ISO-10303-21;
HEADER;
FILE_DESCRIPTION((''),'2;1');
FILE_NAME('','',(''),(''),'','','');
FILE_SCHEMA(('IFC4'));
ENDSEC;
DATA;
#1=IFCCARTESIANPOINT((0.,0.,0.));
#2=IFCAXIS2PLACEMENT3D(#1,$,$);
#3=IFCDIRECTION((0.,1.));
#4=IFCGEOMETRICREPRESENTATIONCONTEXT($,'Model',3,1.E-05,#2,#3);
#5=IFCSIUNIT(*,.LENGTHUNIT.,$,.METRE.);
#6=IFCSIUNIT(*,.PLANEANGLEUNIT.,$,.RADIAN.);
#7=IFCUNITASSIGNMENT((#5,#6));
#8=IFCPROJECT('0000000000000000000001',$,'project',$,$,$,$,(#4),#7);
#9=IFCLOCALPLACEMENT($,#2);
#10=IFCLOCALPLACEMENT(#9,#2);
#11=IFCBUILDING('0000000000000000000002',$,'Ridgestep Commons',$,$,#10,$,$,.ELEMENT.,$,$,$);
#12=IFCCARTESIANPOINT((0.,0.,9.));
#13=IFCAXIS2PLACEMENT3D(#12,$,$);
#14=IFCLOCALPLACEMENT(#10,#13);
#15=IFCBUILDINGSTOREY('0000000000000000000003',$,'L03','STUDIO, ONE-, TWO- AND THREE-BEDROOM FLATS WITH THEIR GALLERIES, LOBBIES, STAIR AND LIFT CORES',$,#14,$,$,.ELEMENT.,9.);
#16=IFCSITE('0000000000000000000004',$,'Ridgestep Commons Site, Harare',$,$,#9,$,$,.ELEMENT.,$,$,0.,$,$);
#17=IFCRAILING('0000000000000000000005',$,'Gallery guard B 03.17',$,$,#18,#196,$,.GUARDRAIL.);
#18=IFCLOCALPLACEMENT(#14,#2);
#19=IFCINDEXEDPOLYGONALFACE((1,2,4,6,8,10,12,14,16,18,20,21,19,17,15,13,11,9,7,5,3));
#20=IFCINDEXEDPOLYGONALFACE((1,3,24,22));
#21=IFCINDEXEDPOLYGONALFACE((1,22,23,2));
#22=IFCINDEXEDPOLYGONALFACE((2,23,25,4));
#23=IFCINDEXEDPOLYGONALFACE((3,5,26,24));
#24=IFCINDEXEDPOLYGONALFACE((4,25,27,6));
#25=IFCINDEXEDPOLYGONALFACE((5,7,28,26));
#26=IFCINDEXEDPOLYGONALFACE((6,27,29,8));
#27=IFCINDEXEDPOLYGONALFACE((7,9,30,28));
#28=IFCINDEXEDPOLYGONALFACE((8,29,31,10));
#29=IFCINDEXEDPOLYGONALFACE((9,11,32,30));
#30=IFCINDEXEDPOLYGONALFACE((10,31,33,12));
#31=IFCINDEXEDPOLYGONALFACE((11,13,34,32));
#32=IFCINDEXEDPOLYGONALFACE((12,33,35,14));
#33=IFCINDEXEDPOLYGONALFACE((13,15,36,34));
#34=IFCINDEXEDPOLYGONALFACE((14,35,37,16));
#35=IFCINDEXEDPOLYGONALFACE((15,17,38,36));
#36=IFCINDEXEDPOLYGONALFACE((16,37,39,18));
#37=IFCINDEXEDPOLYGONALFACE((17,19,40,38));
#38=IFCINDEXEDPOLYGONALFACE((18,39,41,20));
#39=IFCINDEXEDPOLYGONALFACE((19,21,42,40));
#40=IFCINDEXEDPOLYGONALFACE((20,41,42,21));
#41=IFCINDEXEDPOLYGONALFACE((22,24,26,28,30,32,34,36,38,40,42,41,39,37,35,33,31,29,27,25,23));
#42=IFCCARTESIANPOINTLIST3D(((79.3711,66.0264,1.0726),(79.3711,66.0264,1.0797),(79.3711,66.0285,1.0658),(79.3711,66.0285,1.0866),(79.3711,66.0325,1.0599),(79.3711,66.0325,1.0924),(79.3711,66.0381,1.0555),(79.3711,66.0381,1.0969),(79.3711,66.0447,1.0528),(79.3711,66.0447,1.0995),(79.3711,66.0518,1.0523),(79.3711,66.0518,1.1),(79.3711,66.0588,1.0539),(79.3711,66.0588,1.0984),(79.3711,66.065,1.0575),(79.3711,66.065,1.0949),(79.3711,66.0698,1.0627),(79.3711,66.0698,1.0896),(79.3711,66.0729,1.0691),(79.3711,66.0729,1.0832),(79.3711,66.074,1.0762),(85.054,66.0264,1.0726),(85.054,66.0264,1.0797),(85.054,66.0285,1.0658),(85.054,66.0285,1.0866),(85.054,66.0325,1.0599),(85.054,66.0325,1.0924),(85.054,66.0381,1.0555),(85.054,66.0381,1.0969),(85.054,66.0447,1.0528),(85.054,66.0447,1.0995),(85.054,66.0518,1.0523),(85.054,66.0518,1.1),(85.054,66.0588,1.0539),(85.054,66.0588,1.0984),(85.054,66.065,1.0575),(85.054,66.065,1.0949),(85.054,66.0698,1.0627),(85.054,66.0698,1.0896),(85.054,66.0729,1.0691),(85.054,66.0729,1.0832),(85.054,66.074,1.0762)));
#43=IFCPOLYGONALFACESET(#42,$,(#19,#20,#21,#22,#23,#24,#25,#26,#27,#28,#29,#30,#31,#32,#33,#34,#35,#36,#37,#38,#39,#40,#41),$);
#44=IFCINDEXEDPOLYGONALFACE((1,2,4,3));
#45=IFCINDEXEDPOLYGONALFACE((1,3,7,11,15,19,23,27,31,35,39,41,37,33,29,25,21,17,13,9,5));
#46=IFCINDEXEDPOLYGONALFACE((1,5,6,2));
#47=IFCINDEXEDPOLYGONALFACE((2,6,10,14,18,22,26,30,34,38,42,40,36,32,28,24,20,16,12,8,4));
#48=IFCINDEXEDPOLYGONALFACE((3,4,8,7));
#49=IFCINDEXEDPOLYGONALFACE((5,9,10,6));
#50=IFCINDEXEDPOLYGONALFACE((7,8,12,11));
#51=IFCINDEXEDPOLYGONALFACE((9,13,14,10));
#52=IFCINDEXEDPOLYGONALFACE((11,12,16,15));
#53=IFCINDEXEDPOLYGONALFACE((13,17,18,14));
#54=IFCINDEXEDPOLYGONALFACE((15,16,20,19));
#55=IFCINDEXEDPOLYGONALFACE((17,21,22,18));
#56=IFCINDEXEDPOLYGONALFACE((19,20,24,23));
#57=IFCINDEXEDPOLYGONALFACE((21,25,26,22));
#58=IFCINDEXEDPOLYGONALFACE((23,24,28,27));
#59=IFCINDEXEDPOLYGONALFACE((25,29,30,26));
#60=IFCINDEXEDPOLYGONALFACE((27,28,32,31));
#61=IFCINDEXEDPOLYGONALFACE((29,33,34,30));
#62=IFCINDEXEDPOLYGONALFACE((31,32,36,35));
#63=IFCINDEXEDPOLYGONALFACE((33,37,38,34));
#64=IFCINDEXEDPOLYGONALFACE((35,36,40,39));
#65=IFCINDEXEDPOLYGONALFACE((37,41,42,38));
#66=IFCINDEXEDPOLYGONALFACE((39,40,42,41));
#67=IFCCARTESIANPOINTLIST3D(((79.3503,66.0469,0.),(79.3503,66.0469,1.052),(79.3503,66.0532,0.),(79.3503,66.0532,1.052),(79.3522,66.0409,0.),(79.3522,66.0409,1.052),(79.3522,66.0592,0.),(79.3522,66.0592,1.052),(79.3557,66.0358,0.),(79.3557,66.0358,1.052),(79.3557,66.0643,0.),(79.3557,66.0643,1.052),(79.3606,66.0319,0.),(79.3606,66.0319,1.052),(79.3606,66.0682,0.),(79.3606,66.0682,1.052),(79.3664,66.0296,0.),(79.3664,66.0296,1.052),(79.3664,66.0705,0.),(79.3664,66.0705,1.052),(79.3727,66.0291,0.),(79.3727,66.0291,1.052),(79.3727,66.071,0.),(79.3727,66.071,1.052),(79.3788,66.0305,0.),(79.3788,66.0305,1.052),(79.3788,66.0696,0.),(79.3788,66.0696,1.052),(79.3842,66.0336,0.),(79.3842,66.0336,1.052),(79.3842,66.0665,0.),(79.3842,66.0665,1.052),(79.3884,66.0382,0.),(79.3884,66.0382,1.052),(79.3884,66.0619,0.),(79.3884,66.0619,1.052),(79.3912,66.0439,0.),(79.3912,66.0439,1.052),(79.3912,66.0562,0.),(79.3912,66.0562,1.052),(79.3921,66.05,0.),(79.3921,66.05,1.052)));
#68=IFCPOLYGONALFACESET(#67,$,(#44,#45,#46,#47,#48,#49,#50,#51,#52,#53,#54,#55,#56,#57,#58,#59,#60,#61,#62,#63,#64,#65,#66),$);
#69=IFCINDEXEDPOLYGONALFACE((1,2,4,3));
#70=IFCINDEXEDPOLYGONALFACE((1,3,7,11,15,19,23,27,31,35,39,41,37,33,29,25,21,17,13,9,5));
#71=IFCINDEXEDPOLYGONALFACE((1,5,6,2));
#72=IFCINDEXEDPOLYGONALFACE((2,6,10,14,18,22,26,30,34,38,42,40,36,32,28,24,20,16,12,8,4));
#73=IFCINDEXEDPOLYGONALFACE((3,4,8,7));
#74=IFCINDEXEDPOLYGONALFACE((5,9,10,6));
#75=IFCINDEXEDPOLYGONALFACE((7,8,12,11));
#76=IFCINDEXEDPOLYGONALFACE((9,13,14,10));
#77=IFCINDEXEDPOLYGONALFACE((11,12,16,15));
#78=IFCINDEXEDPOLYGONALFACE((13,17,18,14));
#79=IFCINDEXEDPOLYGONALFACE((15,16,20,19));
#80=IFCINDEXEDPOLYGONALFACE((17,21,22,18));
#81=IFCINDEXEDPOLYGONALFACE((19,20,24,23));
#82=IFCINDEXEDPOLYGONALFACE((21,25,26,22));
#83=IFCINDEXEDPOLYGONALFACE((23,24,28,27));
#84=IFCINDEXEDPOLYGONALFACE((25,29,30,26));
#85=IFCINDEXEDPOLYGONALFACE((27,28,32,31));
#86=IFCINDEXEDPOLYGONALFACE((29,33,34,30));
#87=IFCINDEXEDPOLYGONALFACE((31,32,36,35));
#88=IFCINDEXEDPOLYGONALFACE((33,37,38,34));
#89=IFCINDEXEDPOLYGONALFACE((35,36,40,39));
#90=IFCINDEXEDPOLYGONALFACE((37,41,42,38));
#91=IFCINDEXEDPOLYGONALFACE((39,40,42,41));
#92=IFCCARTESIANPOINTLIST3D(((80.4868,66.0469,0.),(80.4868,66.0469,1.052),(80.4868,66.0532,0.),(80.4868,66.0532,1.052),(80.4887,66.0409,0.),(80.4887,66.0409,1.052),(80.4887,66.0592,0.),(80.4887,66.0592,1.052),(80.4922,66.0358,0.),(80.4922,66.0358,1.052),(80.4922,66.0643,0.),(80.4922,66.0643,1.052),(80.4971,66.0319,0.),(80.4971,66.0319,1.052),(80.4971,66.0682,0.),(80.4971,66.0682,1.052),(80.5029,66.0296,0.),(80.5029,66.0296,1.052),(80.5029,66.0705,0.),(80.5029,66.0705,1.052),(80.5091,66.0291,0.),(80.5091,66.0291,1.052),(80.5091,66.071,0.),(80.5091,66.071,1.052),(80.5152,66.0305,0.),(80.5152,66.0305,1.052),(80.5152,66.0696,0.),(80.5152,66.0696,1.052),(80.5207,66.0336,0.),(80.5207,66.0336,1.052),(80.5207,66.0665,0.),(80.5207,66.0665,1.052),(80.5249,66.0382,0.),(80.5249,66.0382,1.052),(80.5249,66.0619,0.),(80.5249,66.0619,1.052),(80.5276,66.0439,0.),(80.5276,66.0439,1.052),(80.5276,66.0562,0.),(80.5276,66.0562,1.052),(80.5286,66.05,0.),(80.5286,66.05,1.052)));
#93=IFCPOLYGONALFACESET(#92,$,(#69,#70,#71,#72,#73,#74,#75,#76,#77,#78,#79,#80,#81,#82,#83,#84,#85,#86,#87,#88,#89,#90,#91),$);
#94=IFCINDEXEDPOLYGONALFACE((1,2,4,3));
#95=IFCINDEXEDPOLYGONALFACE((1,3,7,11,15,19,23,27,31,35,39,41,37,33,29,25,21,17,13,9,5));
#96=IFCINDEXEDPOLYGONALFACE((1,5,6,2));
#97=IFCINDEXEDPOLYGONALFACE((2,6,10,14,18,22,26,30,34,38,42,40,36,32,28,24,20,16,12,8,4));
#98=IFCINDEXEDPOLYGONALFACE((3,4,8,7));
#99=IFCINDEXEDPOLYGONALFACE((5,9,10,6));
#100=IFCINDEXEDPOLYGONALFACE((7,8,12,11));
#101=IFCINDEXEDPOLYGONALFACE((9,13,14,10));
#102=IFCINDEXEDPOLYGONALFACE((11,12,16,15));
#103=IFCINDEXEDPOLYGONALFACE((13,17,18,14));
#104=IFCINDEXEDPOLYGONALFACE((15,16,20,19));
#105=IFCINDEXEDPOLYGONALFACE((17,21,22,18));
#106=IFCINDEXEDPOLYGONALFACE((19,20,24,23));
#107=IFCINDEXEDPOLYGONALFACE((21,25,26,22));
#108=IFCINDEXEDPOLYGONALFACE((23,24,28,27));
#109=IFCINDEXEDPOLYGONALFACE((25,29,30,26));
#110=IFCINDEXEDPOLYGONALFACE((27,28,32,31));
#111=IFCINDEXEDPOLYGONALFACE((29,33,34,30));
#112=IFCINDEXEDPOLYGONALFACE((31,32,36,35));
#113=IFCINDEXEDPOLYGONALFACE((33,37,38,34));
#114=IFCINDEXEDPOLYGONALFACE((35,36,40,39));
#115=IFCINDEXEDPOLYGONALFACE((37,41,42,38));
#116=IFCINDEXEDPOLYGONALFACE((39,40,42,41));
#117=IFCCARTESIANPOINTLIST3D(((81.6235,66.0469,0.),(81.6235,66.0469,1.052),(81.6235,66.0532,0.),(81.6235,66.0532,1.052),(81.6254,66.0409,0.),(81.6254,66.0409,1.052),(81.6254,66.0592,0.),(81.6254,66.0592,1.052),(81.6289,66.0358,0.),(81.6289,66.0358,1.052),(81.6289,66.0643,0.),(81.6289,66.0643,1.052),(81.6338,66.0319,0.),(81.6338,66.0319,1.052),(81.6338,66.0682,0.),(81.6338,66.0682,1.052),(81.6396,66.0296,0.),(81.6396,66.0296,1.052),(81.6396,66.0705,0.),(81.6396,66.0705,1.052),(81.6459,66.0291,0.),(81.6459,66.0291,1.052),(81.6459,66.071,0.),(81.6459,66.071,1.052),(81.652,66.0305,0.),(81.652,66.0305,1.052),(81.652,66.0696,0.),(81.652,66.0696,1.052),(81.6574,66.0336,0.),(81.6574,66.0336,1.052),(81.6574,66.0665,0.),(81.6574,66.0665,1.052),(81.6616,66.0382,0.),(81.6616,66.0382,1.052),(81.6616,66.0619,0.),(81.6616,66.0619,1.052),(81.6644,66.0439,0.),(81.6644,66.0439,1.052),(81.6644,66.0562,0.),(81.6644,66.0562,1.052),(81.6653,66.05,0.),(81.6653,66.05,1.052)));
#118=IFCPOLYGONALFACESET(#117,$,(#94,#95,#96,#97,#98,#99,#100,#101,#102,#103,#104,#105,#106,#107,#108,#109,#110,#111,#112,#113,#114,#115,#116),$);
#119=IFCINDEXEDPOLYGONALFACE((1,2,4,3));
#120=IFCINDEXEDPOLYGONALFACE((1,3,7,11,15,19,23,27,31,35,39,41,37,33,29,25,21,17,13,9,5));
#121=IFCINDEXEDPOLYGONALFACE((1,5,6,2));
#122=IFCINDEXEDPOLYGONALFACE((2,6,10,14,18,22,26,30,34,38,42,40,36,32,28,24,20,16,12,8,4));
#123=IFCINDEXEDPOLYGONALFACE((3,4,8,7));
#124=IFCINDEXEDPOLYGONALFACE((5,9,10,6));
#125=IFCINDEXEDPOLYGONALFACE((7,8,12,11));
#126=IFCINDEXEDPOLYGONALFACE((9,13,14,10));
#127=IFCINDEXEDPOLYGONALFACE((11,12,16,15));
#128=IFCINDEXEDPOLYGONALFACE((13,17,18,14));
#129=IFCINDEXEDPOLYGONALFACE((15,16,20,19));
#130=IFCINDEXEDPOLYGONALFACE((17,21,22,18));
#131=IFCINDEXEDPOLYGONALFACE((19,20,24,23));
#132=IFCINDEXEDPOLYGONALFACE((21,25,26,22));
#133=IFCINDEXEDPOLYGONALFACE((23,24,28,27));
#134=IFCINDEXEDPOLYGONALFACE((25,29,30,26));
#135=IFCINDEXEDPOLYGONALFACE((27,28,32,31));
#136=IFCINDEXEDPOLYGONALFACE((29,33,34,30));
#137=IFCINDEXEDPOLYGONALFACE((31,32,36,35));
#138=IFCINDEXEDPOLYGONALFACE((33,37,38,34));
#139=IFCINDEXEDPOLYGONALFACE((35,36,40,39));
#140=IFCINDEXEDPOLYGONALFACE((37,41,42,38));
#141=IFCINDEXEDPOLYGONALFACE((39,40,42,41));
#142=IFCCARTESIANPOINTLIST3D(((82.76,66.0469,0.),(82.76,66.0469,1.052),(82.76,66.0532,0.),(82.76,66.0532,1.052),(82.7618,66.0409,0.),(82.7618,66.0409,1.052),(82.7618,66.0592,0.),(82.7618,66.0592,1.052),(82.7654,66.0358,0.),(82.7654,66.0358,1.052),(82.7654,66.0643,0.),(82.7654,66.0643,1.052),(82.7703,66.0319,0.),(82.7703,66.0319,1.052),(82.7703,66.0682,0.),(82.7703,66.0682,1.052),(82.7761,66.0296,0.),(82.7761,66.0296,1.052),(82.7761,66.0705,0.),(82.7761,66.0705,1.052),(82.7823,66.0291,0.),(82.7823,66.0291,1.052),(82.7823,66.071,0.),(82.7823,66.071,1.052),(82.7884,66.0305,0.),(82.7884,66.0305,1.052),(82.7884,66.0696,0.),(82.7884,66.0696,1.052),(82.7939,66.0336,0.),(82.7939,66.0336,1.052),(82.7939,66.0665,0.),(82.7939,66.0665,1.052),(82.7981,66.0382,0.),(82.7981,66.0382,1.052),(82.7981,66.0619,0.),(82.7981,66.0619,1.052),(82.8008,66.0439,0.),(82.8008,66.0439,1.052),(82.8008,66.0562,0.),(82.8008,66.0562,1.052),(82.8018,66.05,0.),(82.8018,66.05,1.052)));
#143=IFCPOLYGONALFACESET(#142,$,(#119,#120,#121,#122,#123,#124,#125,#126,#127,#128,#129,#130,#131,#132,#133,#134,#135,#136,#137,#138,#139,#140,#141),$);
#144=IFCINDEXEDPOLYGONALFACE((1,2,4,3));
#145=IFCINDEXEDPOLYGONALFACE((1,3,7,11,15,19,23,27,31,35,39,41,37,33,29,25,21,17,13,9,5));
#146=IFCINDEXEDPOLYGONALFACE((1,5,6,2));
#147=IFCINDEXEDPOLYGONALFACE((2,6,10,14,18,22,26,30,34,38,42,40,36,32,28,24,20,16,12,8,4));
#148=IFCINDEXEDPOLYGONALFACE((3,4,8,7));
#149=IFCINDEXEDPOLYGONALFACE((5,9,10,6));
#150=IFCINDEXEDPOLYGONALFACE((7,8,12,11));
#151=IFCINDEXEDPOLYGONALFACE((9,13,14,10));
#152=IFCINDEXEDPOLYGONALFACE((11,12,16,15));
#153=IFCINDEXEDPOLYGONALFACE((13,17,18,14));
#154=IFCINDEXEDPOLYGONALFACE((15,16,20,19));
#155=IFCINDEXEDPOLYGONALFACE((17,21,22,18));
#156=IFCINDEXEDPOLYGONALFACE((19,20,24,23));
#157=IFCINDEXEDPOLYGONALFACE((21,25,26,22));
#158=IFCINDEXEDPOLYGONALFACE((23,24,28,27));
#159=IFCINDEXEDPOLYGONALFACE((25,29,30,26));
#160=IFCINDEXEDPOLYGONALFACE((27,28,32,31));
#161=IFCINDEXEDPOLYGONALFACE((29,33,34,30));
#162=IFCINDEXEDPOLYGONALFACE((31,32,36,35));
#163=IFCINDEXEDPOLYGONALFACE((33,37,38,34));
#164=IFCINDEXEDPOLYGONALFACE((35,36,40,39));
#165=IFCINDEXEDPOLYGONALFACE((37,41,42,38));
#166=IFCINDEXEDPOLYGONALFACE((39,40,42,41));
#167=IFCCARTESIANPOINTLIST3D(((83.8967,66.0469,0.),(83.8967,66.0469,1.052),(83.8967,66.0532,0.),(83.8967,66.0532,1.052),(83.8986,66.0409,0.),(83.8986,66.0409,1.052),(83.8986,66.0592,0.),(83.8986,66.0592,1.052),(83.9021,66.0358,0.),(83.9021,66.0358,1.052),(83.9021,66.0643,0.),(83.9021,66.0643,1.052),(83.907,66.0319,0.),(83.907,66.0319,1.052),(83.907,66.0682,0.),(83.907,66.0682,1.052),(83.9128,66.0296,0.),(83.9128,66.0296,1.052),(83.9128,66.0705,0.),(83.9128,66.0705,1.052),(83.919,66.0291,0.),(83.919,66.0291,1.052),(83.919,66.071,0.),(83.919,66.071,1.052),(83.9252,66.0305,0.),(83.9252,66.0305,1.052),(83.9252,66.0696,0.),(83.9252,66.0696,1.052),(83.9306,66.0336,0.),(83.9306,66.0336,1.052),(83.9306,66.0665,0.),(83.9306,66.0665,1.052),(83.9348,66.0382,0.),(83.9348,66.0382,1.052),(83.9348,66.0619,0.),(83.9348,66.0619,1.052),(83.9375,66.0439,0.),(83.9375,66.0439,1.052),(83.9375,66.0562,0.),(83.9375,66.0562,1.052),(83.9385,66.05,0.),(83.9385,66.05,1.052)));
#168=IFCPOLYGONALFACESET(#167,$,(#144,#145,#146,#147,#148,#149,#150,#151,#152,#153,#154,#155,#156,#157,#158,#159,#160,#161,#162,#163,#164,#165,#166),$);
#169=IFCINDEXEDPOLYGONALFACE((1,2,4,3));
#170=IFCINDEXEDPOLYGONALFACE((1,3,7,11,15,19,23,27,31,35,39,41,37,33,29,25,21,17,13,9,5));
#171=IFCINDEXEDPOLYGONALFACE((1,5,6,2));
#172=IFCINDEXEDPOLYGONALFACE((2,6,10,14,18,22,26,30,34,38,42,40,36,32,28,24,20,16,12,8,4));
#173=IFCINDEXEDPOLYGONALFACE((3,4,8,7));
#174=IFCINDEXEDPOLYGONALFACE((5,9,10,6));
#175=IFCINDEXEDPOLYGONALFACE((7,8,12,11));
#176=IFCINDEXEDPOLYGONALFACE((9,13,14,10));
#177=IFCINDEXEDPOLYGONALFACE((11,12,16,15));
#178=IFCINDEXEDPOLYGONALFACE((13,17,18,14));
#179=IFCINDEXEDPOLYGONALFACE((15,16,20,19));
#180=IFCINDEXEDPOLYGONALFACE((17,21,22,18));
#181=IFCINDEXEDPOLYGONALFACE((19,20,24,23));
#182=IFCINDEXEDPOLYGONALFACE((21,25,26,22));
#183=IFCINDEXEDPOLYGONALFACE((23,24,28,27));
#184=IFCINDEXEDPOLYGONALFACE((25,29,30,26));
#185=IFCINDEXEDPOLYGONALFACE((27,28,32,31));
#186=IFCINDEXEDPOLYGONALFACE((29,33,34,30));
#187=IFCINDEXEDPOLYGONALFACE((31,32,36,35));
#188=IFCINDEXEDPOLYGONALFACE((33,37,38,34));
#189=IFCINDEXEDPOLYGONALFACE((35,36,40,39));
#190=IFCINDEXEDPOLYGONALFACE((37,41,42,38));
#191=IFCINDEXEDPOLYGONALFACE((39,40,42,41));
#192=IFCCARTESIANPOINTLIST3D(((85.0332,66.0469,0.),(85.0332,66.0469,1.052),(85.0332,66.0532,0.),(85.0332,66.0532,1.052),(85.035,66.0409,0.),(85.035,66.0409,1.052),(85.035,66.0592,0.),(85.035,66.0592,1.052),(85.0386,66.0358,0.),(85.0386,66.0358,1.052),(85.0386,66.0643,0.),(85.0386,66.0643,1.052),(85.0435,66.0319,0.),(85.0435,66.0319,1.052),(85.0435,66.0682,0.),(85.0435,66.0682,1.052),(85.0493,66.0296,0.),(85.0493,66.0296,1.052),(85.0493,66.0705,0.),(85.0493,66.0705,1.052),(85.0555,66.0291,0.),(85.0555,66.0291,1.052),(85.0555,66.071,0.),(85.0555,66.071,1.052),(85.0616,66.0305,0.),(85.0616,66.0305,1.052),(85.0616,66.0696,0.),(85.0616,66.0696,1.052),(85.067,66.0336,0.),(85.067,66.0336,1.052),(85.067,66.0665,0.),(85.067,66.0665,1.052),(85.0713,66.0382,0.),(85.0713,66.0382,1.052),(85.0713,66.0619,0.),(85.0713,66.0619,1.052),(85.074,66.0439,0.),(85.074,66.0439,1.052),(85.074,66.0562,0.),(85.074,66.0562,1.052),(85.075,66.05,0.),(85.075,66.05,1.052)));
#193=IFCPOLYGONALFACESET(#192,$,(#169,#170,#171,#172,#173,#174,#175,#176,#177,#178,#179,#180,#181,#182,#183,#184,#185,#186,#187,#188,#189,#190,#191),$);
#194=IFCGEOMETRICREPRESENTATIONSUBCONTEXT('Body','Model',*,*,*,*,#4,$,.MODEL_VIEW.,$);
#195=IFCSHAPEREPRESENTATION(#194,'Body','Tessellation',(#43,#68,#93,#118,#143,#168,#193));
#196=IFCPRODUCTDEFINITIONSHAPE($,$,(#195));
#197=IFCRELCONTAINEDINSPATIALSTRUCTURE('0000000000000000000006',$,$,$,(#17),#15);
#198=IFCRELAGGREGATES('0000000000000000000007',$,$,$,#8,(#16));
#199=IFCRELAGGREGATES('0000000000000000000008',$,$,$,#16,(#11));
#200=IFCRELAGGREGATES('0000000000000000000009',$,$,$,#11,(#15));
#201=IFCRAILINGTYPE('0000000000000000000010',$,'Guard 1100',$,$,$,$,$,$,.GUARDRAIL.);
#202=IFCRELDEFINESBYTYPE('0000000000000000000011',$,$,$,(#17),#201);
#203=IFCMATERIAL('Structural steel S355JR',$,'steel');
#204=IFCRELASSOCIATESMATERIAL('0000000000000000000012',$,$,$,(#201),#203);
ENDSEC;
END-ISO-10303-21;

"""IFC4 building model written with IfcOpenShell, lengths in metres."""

from ifc_helpers import new_model, si_unit, direction, frame, origin, origin_2d, place, context, subcontext, project, spatial, circle, extrude, material, type_object, element, save


model = new_model("IFC4")

# Units and contexts
model_context = context("Model", 3, precision=1e-05, world=origin(), true_north=direction((0.0, 1.0)))
body_context = subcontext(model_context, "Body", "Model", "MODEL_VIEW")
ifc_project = project(units=[si_unit("LENGTHUNIT", "METRE"), si_unit("PLANEANGLEUNIT", "RADIAN")], contexts=[model_context])

# Site, building, storey
site_placement = place(None, origin())
site = spatial("IfcSite", under=ifc_project, at=site_placement, Name="Ridgestep Commons Site, Harare", CompositionType="ELEMENT", RefElevation=0.0)
building_placement = place(site_placement, origin())
building = spatial("IfcBuilding", under=site, at=building_placement, Name="Ridgestep Commons", CompositionType="ELEMENT")
storey_placement = place(building_placement, frame((0.0, 0.0, 9.0)))
storey = spatial("IfcBuildingStorey", under=building, at=storey_placement, Name="L03", Description="STUDIO, ONE-, TWO- AND THREE-BEDROOM FLATS WITH THEIR GALLERIES, LOBBIES, STAIR AND LIFT CORES", CompositionType="ELEMENT", Elevation=9.0)

# Railing
ifc_material_1 = material(Name="Structural steel S355JR", Category="steel")
railing_type_1 = type_object("IfcRailingType", Name="Guard 1100", PredefinedType="GUARDRAIL", material=ifc_material_1)
railing_1_placement = place(storey_placement, frame((79.3711, 66.05, 0.0)))
element("IfcRailing", 1, at=railing_1_placement, inside=storey, type_object=railing_type_1, Name="Gallery guard B 03.17", PredefinedType="GUARDRAIL", context=body_context, shape_type="SweptSolid", body=[
    extrude(circle(Radius=0.0239, at=origin_2d()), frame((0.0, 0.0, 1.0762), z_axis=(1.0, 0.0, 0.0), x_axis=(0.0, 1.0, 0.0)), (0.0, 0.0, 1.0), 5.6829),
    extrude(circle(Radius=0.021, at=origin_2d()), origin(), (0.0, 0.0, 1.0), 1.052),
    extrude(circle(Radius=0.021, at=origin_2d()), frame((1.1365, 0.0, 0.0)), (0.0, 0.0, 1.0), 1.052),
    extrude(circle(Radius=0.021, at=origin_2d()), frame((2.2732, 0.0, 0.0)), (0.0, 0.0, 1.0), 1.052),
    extrude(circle(Radius=0.021, at=origin_2d()), frame((3.4097, 0.0, 0.0)), (0.0, 0.0, 1.0), 1.052),
    extrude(circle(Radius=0.021, at=origin_2d()), frame((4.5464, 0.0, 0.0)), (0.0, 0.0, 1.0), 1.052),
    extrude(circle(Radius=0.021, at=origin_2d()), frame((5.6829, 0.0, 0.0)), (0.0, 0.0, 1.0), 1.052),
])

save(model, "model.ifc")
